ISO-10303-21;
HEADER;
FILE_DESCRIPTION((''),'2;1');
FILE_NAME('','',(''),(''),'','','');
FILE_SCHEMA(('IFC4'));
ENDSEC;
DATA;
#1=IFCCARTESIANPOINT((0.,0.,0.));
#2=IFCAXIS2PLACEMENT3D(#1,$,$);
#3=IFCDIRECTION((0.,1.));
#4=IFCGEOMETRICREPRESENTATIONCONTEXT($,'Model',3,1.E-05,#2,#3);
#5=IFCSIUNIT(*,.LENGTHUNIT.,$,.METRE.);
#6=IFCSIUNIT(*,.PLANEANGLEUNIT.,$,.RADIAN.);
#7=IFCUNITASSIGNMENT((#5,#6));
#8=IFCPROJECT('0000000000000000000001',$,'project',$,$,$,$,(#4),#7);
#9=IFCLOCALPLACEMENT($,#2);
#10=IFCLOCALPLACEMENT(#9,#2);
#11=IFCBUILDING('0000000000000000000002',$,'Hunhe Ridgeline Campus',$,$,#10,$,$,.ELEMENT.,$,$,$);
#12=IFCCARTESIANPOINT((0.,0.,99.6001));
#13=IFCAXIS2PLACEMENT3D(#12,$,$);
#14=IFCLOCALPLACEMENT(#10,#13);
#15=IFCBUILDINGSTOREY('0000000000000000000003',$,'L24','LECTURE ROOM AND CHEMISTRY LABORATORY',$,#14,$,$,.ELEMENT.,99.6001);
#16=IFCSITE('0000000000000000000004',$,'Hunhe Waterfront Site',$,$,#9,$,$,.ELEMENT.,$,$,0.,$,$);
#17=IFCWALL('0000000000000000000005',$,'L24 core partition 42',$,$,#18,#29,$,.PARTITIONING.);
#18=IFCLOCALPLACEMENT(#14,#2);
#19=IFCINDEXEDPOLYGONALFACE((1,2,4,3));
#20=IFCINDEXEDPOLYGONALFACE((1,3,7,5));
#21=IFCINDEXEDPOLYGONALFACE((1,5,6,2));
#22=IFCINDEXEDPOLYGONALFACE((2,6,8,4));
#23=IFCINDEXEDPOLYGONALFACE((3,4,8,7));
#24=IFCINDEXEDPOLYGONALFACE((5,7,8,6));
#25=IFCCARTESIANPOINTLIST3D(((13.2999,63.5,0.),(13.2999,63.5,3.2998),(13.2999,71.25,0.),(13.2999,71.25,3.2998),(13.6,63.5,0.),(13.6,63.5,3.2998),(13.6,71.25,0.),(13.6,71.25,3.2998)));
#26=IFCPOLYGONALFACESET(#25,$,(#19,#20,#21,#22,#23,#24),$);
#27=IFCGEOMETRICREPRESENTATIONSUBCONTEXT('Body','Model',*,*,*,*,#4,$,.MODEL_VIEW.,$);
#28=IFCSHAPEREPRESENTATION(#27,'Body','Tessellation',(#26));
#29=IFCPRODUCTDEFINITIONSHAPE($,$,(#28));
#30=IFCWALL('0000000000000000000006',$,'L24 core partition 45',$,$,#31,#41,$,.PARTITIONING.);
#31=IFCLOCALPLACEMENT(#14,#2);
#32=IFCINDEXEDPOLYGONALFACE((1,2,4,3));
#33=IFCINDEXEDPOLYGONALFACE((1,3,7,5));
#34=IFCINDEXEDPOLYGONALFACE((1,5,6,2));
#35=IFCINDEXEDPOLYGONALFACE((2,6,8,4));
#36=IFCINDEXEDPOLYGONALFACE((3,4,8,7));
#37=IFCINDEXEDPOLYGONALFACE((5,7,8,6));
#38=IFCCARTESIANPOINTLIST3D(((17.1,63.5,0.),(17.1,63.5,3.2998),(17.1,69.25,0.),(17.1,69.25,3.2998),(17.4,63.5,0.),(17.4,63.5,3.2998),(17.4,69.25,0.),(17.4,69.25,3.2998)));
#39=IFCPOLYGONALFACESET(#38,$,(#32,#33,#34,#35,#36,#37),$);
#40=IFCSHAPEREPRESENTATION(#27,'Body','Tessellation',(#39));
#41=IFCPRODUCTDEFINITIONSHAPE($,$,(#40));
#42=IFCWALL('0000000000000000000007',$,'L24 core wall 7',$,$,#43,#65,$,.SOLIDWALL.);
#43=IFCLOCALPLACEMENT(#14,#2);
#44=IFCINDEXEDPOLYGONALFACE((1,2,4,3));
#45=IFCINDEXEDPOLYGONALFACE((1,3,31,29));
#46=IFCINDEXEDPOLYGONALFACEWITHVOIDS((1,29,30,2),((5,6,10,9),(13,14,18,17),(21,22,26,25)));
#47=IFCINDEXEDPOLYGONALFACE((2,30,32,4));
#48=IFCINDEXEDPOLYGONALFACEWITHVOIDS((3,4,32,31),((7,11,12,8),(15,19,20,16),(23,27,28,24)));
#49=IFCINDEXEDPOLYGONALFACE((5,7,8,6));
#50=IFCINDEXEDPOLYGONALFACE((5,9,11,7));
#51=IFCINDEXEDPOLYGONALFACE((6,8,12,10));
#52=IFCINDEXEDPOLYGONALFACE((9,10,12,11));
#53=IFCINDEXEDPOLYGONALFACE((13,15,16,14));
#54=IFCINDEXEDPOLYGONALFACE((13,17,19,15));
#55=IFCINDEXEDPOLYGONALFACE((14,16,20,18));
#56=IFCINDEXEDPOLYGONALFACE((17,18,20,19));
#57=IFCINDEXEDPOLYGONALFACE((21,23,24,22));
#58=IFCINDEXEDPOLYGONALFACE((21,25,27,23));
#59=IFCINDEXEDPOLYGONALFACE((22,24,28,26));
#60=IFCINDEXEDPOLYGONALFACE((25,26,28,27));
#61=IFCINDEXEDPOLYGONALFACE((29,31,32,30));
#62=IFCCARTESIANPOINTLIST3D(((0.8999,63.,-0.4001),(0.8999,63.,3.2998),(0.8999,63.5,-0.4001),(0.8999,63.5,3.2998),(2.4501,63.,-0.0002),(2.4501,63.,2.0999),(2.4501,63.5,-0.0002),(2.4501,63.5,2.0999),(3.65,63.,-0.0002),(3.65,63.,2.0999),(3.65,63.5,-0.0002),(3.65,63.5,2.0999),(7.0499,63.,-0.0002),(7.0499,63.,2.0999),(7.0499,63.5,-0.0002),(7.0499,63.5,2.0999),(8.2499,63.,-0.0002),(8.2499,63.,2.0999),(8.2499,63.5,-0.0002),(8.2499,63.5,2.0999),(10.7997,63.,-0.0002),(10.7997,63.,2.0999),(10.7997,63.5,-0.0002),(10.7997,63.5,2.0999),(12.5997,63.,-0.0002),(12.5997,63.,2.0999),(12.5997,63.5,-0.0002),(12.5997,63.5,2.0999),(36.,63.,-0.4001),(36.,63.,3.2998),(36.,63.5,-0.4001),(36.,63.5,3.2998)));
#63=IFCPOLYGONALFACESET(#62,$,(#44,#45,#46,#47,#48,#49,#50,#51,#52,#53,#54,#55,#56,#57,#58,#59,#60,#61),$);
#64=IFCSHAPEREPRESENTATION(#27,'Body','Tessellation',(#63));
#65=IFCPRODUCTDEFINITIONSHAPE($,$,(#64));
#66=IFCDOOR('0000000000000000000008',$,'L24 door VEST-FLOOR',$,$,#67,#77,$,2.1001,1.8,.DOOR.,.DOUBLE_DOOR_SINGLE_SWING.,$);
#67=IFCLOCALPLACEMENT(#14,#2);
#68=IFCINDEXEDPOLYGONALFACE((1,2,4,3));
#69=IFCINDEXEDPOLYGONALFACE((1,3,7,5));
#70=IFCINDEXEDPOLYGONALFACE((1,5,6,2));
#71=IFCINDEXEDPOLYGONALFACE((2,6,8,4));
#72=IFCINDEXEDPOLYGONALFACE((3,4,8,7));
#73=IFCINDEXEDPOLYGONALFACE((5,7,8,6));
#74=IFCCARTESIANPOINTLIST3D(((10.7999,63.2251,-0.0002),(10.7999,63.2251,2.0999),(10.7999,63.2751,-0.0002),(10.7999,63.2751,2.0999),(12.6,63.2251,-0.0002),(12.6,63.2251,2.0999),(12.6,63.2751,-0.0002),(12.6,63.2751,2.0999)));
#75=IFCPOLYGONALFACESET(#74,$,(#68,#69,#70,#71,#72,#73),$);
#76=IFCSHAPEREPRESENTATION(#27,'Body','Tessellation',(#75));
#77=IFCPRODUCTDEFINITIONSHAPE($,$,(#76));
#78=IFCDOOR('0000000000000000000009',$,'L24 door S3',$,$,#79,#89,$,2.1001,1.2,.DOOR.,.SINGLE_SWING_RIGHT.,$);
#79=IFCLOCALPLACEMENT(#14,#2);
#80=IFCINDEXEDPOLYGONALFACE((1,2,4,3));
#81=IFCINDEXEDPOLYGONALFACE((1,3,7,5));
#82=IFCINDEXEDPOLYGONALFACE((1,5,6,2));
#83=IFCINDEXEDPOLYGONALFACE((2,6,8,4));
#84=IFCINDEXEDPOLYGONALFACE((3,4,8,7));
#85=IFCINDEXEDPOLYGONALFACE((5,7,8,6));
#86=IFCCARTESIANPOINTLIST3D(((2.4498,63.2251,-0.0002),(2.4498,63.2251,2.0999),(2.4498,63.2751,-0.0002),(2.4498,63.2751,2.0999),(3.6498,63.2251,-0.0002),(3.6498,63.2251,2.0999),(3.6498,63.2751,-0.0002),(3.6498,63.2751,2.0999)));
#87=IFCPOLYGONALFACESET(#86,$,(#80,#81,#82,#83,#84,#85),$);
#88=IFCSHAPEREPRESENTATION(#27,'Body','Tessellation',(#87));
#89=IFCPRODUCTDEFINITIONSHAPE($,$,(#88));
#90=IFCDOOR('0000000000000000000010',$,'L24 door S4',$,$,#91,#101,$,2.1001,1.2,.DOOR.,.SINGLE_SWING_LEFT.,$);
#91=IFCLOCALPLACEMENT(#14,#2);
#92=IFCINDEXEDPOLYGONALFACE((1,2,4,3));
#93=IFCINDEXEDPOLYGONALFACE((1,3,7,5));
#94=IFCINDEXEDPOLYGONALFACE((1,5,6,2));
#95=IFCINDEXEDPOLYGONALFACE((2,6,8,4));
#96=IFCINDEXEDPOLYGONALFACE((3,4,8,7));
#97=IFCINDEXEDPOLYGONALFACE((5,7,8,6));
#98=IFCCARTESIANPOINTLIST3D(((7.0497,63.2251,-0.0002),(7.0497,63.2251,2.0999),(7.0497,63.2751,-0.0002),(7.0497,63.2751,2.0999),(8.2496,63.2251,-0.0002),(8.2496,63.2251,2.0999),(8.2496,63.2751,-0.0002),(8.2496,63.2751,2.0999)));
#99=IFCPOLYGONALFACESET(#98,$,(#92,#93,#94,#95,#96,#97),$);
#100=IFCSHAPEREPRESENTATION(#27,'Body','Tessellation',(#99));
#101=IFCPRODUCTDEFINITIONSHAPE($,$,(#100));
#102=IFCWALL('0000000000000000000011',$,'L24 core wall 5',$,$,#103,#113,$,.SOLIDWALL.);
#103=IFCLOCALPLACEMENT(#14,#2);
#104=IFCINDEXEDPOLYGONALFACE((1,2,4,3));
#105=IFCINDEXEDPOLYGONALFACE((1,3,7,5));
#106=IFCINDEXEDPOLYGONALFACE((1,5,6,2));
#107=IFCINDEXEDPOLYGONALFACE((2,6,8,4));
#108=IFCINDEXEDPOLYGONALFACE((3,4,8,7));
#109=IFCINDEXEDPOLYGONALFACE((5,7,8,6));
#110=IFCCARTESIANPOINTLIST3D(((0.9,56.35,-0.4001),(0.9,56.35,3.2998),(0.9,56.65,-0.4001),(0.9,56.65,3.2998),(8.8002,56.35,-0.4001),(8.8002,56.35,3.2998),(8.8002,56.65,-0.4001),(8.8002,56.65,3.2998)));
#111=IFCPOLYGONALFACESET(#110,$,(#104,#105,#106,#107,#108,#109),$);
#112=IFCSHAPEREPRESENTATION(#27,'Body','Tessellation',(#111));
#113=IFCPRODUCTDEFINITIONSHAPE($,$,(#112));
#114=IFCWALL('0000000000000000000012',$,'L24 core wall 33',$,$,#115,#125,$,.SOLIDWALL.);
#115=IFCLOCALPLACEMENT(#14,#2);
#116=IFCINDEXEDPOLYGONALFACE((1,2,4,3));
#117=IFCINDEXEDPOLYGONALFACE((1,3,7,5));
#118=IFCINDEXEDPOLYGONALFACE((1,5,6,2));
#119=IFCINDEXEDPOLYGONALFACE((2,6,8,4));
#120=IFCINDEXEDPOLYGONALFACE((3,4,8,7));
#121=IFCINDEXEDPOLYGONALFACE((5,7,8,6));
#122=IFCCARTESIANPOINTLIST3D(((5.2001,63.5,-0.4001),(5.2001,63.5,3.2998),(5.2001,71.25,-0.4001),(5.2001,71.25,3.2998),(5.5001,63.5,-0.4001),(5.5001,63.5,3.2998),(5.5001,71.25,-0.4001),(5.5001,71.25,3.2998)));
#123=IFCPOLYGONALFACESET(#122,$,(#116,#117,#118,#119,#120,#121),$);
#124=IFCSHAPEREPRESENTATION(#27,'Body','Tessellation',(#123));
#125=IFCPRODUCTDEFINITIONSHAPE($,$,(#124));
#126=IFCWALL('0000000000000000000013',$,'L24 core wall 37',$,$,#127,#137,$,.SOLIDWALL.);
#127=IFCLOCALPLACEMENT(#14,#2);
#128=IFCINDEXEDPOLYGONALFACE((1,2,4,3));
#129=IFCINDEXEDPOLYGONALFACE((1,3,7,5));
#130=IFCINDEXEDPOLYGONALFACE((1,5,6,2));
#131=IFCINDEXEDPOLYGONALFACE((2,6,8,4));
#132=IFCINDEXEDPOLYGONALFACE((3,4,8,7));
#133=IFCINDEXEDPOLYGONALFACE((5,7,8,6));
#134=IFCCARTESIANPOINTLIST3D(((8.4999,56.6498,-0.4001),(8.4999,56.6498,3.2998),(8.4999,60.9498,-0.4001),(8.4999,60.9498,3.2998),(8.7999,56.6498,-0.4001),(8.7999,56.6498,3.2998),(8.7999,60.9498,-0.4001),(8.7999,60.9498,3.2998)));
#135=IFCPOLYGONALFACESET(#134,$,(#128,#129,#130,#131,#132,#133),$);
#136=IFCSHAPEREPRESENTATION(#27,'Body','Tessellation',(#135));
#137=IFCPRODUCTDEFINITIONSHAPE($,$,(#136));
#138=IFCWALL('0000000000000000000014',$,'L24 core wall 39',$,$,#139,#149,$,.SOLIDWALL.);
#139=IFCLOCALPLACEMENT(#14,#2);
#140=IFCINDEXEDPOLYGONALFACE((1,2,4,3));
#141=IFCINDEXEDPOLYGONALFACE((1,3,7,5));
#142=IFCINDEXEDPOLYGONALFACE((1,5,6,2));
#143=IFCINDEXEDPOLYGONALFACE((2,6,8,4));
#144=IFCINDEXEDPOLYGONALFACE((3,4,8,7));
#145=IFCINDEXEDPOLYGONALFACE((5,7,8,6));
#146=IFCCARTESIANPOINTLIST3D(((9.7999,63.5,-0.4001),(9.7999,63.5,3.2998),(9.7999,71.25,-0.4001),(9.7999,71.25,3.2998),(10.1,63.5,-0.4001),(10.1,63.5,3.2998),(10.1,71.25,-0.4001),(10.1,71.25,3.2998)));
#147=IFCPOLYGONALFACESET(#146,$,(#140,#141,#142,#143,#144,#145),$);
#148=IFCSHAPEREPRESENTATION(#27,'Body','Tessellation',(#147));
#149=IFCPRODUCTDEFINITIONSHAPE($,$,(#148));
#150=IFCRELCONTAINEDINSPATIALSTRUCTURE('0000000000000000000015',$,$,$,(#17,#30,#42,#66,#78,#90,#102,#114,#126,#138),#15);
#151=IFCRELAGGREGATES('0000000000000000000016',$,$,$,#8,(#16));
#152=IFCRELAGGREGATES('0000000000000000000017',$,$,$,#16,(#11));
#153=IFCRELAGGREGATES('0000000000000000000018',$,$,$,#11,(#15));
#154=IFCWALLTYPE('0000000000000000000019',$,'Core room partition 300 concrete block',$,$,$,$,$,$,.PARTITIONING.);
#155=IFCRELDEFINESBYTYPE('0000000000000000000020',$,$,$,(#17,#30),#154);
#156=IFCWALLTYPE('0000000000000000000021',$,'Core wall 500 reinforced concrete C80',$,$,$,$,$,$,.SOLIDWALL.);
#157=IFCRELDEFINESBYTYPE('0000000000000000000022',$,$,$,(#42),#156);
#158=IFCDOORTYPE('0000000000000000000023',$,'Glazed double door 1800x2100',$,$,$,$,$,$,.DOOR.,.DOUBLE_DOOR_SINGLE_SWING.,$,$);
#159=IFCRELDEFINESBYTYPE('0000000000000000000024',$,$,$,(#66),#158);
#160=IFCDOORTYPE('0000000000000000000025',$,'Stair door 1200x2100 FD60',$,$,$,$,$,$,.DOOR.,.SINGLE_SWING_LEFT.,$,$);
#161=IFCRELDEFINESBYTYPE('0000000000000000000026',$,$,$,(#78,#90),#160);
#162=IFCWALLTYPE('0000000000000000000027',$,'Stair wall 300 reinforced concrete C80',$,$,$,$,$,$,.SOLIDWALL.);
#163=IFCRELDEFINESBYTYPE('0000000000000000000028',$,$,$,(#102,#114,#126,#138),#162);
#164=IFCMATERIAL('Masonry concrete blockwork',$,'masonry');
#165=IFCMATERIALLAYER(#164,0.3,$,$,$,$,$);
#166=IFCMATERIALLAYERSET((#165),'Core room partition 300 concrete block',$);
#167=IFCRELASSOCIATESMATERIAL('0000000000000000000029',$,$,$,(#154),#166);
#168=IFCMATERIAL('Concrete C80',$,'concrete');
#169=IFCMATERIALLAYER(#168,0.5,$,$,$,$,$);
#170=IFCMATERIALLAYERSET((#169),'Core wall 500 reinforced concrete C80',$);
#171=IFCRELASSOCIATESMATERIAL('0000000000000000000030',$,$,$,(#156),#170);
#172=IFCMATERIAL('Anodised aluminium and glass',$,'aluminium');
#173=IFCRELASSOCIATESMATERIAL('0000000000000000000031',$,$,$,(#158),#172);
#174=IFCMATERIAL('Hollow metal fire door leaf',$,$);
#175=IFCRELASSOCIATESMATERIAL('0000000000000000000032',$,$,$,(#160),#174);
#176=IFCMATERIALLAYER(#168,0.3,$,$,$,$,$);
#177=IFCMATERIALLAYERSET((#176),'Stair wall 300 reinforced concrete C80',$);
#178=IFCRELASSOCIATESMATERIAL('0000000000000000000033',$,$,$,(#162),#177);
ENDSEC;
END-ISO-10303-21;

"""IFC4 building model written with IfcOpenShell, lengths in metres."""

from ifc_helpers import new_model, si_unit, direction, frame, frame_2d, origin, place, context, subcontext, project, spatial, rectangle, extrude, material, layer, layer_set, type_object, element, fill, save


model = new_model("IFC4")

# Units and contexts
model_context = context("Model", 3, precision=1e-05, world=origin(), true_north=direction((0.0, 1.0)))
body_context = subcontext(model_context, "Body", "Model", "MODEL_VIEW")
ifc_project = project(units=[si_unit("LENGTHUNIT", "METRE"), si_unit("PLANEANGLEUNIT", "RADIAN")], contexts=[model_context])

# Site, building, storey
site_placement = place(None, origin())
site = spatial("IfcSite", under=ifc_project, at=site_placement, Name="Hunhe Waterfront Site", CompositionType="ELEMENT", RefElevation=0.0)
building_placement = place(site_placement, origin())
building = spatial("IfcBuilding", under=site, at=building_placement, Name="Hunhe Ridgeline Campus", CompositionType="ELEMENT")
storey_placement = place(building_placement, frame((0.0, 0.0, 99.6001)))
storey = spatial("IfcBuildingStorey", under=building, at=storey_placement, Name="L24", Description="LECTURE ROOM AND CHEMISTRY LABORATORY", CompositionType="ELEMENT", Elevation=99.6001)

# Walls
ifc_material_1 = material(Name="Masonry concrete blockwork", Category="masonry")
ifc_layer_1 = layer(ifc_material_1, 0.3)
ifc_layer_set_1 = layer_set([ifc_layer_1], Name="Core room partition 300 concrete block")
wall_type_1 = type_object("IfcWallType", Name="Core room partition 300 concrete block", PredefinedType="PARTITIONING", material=ifc_layer_set_1)
wall_1_placement = place(storey_placement, frame((13.45, 63.5, 0.0), z_axis=(0.0, 0.0, 1.0), x_axis=(0.0, 1.0, 0.0)))
element("IfcWall", 1, at=wall_1_placement, inside=storey, type_object=wall_type_1, Name="L24 core partition 42", PredefinedType="PARTITIONING", context=body_context, shape_type="SweptSolid", body=[
    extrude(rectangle(XDim=7.75, YDim=0.3, at=frame_2d((3.875, 0.0))), origin(), (0.0, 0.0, 1.0), 3.2998),
])
wall_2_placement = place(storey_placement, frame((17.25, 63.5, 0.0), z_axis=(0.0, 0.0, 1.0), x_axis=(0.0, 1.0, 0.0)))
element("IfcWall", 2, at=wall_2_placement, inside=storey, type_object=wall_type_1, Name="L24 core partition 45", PredefinedType="PARTITIONING", context=body_context, shape_type="SweptSolid", body=[
    extrude(rectangle(XDim=5.75, YDim=0.3, at=frame_2d((2.875, 0.0))), origin(), (0.0, 0.0, 1.0), 3.2998),
])

# Wall, openings, doors
ifc_material_2 = material(Name="Concrete C80", Category="concrete")
ifc_layer_2 = layer(ifc_material_2, 0.5)
ifc_layer_set_2 = layer_set([ifc_layer_2], Name="Core wall 500 reinforced concrete C80")
wall_type_2 = type_object("IfcWallType", Name="Core wall 500 reinforced concrete C80", PredefinedType="SOLIDWALL", material=ifc_layer_set_2)
wall_3_placement = place(storey_placement, frame((0.8999, 63.25, -0.4001), z_axis=(0.0, 0.0, 1.0), x_axis=(1.0, 0.0, 0.0)))
wall_3 = element("IfcWall", 3, at=wall_3_placement, inside=storey, type_object=wall_type_2, Name="L24 core wall 7", PredefinedType="SOLIDWALL", context=body_context, shape_type="SweptSolid", body=[
    extrude(rectangle(XDim=35.1001, YDim=0.5, at=frame_2d((17.55, 0.0))), origin(), (0.0, 0.0, 1.0), 3.7),
])
opening_1_placement = place(wall_3_placement, frame((9.8999, 0.0, 0.3999)))
opening_1 = element("IfcOpeningElement", 4, at=opening_1_placement, cuts=wall_3, PredefinedType="OPENING", context=body_context, shape_type="SweptSolid", body=[
    extrude(rectangle(XDim=1.8, YDim=2.1001, at=frame_2d((0.8999, 1.05))), frame((0.0, 0.25, 0.0), z_axis=(0.0, -1.0, 0.0), x_axis=(1.0, 0.0, 0.0)), (0.0, 0.0, 1.0), 0.5),
])
opening_2_placement = place(wall_3_placement, frame((1.55, 0.0, 0.3999)))
opening_2 = element("IfcOpeningElement", 5, at=opening_2_placement, cuts=wall_3, PredefinedType="OPENING", context=body_context, shape_type="SweptSolid", body=[
    extrude(rectangle(XDim=1.2, YDim=2.1001, at=frame_2d((0.6001, 1.05))), frame((0.0, 0.25, 0.0), z_axis=(0.0, -1.0, 0.0), x_axis=(1.0, 0.0, 0.0)), (0.0, 0.0, 1.0), 0.5),
])
opening_3_placement = place(wall_3_placement, frame((6.1499, 0.0, 0.3999)))
opening_3 = element("IfcOpeningElement", 6, at=opening_3_placement, cuts=wall_3, PredefinedType="OPENING", context=body_context, shape_type="SweptSolid", body=[
    extrude(rectangle(XDim=1.2, YDim=2.1001, at=frame_2d((0.6001, 1.05))), frame((0.0, 0.25, 0.0), z_axis=(0.0, -1.0, 0.0), x_axis=(1.0, 0.0, 0.0)), (0.0, 0.0, 1.0), 0.5),
])
ifc_material_3 = material(Name="Anodised aluminium and glass", Category="aluminium")
door_type_1 = type_object("IfcDoorType", Name="Glazed double door 1800x2100", OperationType="DOUBLE_DOOR_SINGLE_SWING", PredefinedType="DOOR", material=ifc_material_3)
door_1_placement = place(opening_1_placement, frame((1.8, 0.0, 0.0), z_axis=(0.0, 0.0, 1.0), x_axis=(-1.0, 0.0, 0.0)))
door_1 = element("IfcDoor", 7, at=door_1_placement, inside=storey, type_object=door_type_1, Name="L24 door VEST-FLOOR", OperationType="DOUBLE_DOOR_SINGLE_SWING", OverallHeight=2.1001, OverallWidth=1.8, PredefinedType="DOOR", context=body_context, shape_type="SweptSolid", body=[
    extrude(rectangle(XDim=1.8, YDim=2.1001, at=frame_2d((0.8999, 1.05))), frame((0.0, 0.0249, 0.0), z_axis=(0.0, -1.0, 0.0), x_axis=(1.0, 0.0, 0.0)), (0.0, 0.0, 1.0), 0.05),
])
fill(opening_1, door_1)
ifc_material_4 = material(Name="Hollow metal fire door leaf")
door_type_2 = type_object("IfcDoorType", Name="Stair door 1200x2100 FD60", OperationType="SINGLE_SWING_LEFT", PredefinedType="DOOR", material=ifc_material_4)
door_2_placement = place(opening_2_placement, frame((1.2, 0.0, 0.0), z_axis=(0.0, 0.0, 1.0), x_axis=(-1.0, 0.0, 0.0)))
door_2 = element("IfcDoor", 8, at=door_2_placement, inside=storey, type_object=door_type_2, Name="L24 door S3", OperationType="SINGLE_SWING_RIGHT", OverallHeight=2.1001, OverallWidth=1.2, PredefinedType="DOOR", context=body_context, shape_type="SweptSolid", body=[
    extrude(rectangle(XDim=1.2, YDim=2.1001, at=frame_2d((0.6001, 1.05))), frame((0.0, 0.0249, 0.0), z_axis=(0.0, -1.0, 0.0), x_axis=(1.0, 0.0, 0.0)), (0.0, 0.0, 1.0), 0.05),
])
fill(opening_2, door_2)
door_3_placement = place(opening_3_placement, frame((1.2, 0.0, 0.0), z_axis=(0.0, 0.0, 1.0), x_axis=(-1.0, 0.0, 0.0)))
door_3 = element("IfcDoor", 9, at=door_3_placement, inside=storey, type_object=door_type_2, Name="L24 door S4", OperationType="SINGLE_SWING_LEFT", OverallHeight=2.1001, OverallWidth=1.2, PredefinedType="DOOR", context=body_context, shape_type="SweptSolid", body=[
    extrude(rectangle(XDim=1.2, YDim=2.1001, at=frame_2d((0.6001, 1.05))), frame((0.0, 0.0249, 0.0), z_axis=(0.0, -1.0, 0.0), x_axis=(1.0, 0.0, 0.0)), (0.0, 0.0, 1.0), 0.05),
])
fill(opening_3, door_3)

# Wall
ifc_layer_3 = layer(ifc_material_2, 0.3)
ifc_layer_set_3 = layer_set([ifc_layer_3], Name="Stair wall 300 reinforced concrete C80")
wall_type_3 = type_object("IfcWallType", Name="Stair wall 300 reinforced concrete C80", PredefinedType="SOLIDWALL", material=ifc_layer_set_3)
wall_4_placement = place(storey_placement, frame((0.8999, 56.5, -0.4001), z_axis=(0.0, 0.0, 1.0), x_axis=(1.0, 0.0, 0.0)))
element("IfcWall", 10, at=wall_4_placement, inside=storey, type_object=wall_type_3, Name="L24 core wall 5", PredefinedType="SOLIDWALL", context=body_context, shape_type="SweptSolid", body=[
    extrude(rectangle(XDim=7.9001, YDim=0.3, at=frame_2d((3.9502, 0.0))), origin(), (0.0, 0.0, 1.0), 3.7),
])

# Walls
wall_5_placement = place(storey_placement, frame((5.3501, 63.5, -0.4001), z_axis=(0.0, 0.0, 1.0), x_axis=(0.0, 1.0, 0.0)))
element("IfcWall", 11, at=wall_5_placement, inside=storey, type_object=wall_type_3, Name="L24 core wall 33", PredefinedType="SOLIDWALL", context=body_context, shape_type="SweptSolid", body=[
    extrude(rectangle(XDim=7.75, YDim=0.3, at=frame_2d((3.875, 0.0))), origin(), (0.0, 0.0, 1.0), 3.7),
])
wall_6_placement = place(storey_placement, frame((8.6499, 56.6499, -0.4001), z_axis=(0.0, 0.0, 1.0), x_axis=(0.0, 1.0, 0.0)))
element("IfcWall", 12, at=wall_6_placement, inside=storey, type_object=wall_type_3, Name="L24 core wall 37", PredefinedType="SOLIDWALL", context=body_context, shape_type="SweptSolid", body=[
    extrude(rectangle(XDim=4.3, YDim=0.3, at=frame_2d((2.1499, 0.0))), origin(), (0.0, 0.0, 1.0), 3.7),
])
wall_7_placement = place(storey_placement, frame((9.95, 63.5, -0.4001), z_axis=(0.0, 0.0, 1.0), x_axis=(0.0, 1.0, 0.0)))
element("IfcWall", 13, at=wall_7_placement, inside=storey, type_object=wall_type_3, Name="L24 core wall 39", PredefinedType="SOLIDWALL", context=body_context, shape_type="SweptSolid", body=[
    extrude(rectangle(XDim=7.75, YDim=0.3, at=frame_2d((3.875, 0.0))), origin(), (0.0, 0.0, 1.0), 3.7),
])

save(model, "model.ifc")
